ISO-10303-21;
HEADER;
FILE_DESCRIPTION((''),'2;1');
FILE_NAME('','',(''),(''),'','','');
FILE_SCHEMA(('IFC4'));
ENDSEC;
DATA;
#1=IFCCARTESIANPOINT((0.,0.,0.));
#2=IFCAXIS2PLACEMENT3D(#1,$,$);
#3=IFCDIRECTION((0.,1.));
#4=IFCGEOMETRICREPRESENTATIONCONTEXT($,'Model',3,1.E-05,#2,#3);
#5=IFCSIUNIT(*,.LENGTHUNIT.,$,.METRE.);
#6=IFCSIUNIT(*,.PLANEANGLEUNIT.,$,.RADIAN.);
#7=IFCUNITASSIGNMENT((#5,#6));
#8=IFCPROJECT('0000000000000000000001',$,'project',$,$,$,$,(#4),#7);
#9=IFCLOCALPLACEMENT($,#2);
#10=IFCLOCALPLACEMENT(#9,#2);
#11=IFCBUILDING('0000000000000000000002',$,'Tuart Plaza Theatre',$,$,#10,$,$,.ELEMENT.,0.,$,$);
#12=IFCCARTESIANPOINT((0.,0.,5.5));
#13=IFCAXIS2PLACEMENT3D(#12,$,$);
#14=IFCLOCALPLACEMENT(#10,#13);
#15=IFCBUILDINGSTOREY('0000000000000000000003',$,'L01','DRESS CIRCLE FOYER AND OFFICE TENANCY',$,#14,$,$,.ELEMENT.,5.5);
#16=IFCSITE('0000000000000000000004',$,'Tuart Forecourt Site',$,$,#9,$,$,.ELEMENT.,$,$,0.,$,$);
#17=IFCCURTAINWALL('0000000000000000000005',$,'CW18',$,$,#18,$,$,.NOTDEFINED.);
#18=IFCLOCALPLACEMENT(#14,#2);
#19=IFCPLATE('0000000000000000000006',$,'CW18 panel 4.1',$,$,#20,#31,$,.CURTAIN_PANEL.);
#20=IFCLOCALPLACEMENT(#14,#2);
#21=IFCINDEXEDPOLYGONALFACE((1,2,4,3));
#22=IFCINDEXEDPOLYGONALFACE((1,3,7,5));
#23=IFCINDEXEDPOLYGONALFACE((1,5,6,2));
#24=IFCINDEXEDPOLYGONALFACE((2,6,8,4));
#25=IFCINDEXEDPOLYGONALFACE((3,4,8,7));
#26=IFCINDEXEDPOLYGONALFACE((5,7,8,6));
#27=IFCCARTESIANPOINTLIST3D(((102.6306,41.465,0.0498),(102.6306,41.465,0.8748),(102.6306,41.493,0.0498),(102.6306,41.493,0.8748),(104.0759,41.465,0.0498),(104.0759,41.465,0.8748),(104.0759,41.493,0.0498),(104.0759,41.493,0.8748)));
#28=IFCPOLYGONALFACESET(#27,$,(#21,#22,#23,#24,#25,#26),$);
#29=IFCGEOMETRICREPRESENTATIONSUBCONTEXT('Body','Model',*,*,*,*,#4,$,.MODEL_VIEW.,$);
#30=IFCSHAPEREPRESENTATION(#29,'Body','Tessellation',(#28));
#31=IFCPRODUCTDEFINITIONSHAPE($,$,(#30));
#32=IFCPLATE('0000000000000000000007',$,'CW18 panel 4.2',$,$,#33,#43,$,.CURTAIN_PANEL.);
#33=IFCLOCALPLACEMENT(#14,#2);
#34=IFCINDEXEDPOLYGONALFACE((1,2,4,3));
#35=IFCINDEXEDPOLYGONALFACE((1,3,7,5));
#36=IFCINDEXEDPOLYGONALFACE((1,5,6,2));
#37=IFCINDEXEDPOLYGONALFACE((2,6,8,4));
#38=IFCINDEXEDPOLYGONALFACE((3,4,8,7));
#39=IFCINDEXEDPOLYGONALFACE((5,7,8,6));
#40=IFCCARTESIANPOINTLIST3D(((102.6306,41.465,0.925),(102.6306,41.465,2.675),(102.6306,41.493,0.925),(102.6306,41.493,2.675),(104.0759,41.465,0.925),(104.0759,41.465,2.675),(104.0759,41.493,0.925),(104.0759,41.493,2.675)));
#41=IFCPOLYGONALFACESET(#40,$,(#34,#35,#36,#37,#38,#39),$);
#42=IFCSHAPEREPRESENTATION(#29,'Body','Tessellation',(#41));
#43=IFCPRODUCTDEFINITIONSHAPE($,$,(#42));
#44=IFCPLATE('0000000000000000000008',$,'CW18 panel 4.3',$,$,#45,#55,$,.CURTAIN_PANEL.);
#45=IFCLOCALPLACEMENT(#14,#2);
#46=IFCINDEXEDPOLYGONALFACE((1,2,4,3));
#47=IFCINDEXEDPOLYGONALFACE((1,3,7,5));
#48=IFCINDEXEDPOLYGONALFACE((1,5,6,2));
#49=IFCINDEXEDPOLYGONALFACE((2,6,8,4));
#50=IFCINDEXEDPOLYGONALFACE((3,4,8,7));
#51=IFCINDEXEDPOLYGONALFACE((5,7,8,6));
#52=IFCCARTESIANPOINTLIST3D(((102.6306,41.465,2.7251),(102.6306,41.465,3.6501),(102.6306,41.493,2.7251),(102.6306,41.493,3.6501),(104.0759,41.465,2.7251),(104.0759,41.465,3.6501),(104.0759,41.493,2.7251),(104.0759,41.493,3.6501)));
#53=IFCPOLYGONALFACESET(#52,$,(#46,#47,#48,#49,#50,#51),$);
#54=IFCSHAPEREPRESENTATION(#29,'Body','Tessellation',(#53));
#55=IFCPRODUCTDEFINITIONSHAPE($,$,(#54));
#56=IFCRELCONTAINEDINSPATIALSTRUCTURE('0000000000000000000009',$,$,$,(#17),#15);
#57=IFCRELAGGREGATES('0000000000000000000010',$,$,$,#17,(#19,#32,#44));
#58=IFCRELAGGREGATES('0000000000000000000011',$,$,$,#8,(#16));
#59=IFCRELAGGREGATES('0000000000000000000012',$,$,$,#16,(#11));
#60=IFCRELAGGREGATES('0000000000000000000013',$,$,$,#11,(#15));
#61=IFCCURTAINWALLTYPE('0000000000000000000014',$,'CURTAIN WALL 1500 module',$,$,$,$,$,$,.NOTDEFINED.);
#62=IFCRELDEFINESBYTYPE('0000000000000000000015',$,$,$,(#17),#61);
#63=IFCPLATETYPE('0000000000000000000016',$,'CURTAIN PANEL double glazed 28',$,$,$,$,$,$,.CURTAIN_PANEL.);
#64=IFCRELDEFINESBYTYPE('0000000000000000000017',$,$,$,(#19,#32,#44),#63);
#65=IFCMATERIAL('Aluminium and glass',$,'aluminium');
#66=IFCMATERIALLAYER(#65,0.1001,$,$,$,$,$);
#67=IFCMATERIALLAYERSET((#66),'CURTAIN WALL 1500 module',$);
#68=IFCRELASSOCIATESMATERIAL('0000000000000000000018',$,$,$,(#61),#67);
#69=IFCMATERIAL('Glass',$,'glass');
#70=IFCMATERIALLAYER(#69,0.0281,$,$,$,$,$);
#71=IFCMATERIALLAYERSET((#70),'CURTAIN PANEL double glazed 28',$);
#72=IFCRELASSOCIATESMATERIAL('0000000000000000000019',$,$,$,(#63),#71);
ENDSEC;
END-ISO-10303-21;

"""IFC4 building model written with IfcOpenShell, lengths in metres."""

from ifc_helpers import new_model, si_unit, direction, frame, origin, origin_2d, place, context, subcontext, project, spatial, rectangle, extrude, material, layer, layer_set, type_object, element, aggregate, save


model = new_model("IFC4")

# Units and contexts
model_context = context("Model", 3, precision=1e-05, world=origin(), true_north=direction((0.0, 1.0)))
body_context = subcontext(model_context, "Body", "Model", "MODEL_VIEW")
ifc_project = project(units=[si_unit("LENGTHUNIT", "METRE"), si_unit("PLANEANGLEUNIT", "RADIAN")], contexts=[model_context])

# Site, building, storey
site_placement = place(None, origin())
site = spatial("IfcSite", under=ifc_project, at=site_placement, Name="Tuart Forecourt Site", CompositionType="ELEMENT", RefElevation=0.0)
building_placement = place(site_placement, origin())
building = spatial("IfcBuilding", under=site, at=building_placement, Name="Tuart Plaza Theatre", CompositionType="ELEMENT", ElevationOfRefHeight=0.0)
storey_placement = place(building_placement, frame((0.0, 0.0, 5.5)))
storey = spatial("IfcBuildingStorey", under=building, at=storey_placement, Name="L01", Description="DRESS CIRCLE FOYER AND OFFICE TENANCY", CompositionType="ELEMENT", Elevation=5.5)

# Curtain wall, plates
ifc_material_1 = material(Name="Aluminium and glass", Category="aluminium")
ifc_layer_1 = layer(ifc_material_1, 0.1001)
ifc_layer_set_1 = layer_set([ifc_layer_1], Name="CURTAIN WALL 1500 module")
curtain_wall_type = type_object("IfcCurtainWallType", Name="CURTAIN WALL 1500 module", PredefinedType="NOTDEFINED", material=ifc_layer_set_1)
curtain_wall_placement = place(storey_placement, origin())
curtain_wall = element("IfcCurtainWall", 1, at=curtain_wall_placement, inside=storey, type_object=curtain_wall_type, Name="CW18", PredefinedType="NOTDEFINED")
ifc_material_2 = material(Name="Glass", Category="glass")
ifc_layer_2 = layer(ifc_material_2, 0.0281)
ifc_layer_set_2 = layer_set([ifc_layer_2], Name="CURTAIN PANEL double glazed 28")
plate_type = type_object("IfcPlateType", Name="CURTAIN PANEL double glazed 28", PredefinedType="CURTAIN_PANEL", material=ifc_layer_set_2)
plate_1_placement = place(storey_placement, frame((103.3533, 41.479, 0.0498), z_axis=(0.0, 0.0, 1.0), x_axis=(1.0, 0.0, 0.0)))
plate_1 = element("IfcPlate", 2, at=plate_1_placement, type_object=plate_type, Name="CW18 panel 4.1", PredefinedType="CURTAIN_PANEL", context=body_context, shape_type="SweptSolid", body=[
    extrude(rectangle(XDim=1.4453, YDim=0.0281, at=origin_2d()), origin(), (0.0, 0.0, 1.0), 0.825),
])
plate_2_placement = place(storey_placement, frame((103.3533, 41.479, 0.925), z_axis=(0.0, 0.0, 1.0), x_axis=(1.0, 0.0, 0.0)))
plate_2 = element("IfcPlate", 3, at=plate_2_placement, type_object=plate_type, Name="CW18 panel 4.2", PredefinedType="CURTAIN_PANEL", context=body_context, shape_type="SweptSolid", body=[
    extrude(rectangle(XDim=1.4453, YDim=0.0281, at=origin_2d()), origin(), (0.0, 0.0, 1.0), 1.75),
])
plate_3_placement = place(storey_placement, frame((103.3533, 41.479, 2.7251), z_axis=(0.0, 0.0, 1.0), x_axis=(1.0, 0.0, 0.0)))
plate_3 = element("IfcPlate", 4, at=plate_3_placement, type_object=plate_type, Name="CW18 panel 4.3", PredefinedType="CURTAIN_PANEL", context=body_context, shape_type="SweptSolid", body=[
    extrude(rectangle(XDim=1.4453, YDim=0.0281, at=origin_2d()), origin(), (0.0, 0.0, 1.0), 0.925),
])
aggregate(curtain_wall, [plate_1, plate_2, plate_3])

save(model, "model.ifc")
